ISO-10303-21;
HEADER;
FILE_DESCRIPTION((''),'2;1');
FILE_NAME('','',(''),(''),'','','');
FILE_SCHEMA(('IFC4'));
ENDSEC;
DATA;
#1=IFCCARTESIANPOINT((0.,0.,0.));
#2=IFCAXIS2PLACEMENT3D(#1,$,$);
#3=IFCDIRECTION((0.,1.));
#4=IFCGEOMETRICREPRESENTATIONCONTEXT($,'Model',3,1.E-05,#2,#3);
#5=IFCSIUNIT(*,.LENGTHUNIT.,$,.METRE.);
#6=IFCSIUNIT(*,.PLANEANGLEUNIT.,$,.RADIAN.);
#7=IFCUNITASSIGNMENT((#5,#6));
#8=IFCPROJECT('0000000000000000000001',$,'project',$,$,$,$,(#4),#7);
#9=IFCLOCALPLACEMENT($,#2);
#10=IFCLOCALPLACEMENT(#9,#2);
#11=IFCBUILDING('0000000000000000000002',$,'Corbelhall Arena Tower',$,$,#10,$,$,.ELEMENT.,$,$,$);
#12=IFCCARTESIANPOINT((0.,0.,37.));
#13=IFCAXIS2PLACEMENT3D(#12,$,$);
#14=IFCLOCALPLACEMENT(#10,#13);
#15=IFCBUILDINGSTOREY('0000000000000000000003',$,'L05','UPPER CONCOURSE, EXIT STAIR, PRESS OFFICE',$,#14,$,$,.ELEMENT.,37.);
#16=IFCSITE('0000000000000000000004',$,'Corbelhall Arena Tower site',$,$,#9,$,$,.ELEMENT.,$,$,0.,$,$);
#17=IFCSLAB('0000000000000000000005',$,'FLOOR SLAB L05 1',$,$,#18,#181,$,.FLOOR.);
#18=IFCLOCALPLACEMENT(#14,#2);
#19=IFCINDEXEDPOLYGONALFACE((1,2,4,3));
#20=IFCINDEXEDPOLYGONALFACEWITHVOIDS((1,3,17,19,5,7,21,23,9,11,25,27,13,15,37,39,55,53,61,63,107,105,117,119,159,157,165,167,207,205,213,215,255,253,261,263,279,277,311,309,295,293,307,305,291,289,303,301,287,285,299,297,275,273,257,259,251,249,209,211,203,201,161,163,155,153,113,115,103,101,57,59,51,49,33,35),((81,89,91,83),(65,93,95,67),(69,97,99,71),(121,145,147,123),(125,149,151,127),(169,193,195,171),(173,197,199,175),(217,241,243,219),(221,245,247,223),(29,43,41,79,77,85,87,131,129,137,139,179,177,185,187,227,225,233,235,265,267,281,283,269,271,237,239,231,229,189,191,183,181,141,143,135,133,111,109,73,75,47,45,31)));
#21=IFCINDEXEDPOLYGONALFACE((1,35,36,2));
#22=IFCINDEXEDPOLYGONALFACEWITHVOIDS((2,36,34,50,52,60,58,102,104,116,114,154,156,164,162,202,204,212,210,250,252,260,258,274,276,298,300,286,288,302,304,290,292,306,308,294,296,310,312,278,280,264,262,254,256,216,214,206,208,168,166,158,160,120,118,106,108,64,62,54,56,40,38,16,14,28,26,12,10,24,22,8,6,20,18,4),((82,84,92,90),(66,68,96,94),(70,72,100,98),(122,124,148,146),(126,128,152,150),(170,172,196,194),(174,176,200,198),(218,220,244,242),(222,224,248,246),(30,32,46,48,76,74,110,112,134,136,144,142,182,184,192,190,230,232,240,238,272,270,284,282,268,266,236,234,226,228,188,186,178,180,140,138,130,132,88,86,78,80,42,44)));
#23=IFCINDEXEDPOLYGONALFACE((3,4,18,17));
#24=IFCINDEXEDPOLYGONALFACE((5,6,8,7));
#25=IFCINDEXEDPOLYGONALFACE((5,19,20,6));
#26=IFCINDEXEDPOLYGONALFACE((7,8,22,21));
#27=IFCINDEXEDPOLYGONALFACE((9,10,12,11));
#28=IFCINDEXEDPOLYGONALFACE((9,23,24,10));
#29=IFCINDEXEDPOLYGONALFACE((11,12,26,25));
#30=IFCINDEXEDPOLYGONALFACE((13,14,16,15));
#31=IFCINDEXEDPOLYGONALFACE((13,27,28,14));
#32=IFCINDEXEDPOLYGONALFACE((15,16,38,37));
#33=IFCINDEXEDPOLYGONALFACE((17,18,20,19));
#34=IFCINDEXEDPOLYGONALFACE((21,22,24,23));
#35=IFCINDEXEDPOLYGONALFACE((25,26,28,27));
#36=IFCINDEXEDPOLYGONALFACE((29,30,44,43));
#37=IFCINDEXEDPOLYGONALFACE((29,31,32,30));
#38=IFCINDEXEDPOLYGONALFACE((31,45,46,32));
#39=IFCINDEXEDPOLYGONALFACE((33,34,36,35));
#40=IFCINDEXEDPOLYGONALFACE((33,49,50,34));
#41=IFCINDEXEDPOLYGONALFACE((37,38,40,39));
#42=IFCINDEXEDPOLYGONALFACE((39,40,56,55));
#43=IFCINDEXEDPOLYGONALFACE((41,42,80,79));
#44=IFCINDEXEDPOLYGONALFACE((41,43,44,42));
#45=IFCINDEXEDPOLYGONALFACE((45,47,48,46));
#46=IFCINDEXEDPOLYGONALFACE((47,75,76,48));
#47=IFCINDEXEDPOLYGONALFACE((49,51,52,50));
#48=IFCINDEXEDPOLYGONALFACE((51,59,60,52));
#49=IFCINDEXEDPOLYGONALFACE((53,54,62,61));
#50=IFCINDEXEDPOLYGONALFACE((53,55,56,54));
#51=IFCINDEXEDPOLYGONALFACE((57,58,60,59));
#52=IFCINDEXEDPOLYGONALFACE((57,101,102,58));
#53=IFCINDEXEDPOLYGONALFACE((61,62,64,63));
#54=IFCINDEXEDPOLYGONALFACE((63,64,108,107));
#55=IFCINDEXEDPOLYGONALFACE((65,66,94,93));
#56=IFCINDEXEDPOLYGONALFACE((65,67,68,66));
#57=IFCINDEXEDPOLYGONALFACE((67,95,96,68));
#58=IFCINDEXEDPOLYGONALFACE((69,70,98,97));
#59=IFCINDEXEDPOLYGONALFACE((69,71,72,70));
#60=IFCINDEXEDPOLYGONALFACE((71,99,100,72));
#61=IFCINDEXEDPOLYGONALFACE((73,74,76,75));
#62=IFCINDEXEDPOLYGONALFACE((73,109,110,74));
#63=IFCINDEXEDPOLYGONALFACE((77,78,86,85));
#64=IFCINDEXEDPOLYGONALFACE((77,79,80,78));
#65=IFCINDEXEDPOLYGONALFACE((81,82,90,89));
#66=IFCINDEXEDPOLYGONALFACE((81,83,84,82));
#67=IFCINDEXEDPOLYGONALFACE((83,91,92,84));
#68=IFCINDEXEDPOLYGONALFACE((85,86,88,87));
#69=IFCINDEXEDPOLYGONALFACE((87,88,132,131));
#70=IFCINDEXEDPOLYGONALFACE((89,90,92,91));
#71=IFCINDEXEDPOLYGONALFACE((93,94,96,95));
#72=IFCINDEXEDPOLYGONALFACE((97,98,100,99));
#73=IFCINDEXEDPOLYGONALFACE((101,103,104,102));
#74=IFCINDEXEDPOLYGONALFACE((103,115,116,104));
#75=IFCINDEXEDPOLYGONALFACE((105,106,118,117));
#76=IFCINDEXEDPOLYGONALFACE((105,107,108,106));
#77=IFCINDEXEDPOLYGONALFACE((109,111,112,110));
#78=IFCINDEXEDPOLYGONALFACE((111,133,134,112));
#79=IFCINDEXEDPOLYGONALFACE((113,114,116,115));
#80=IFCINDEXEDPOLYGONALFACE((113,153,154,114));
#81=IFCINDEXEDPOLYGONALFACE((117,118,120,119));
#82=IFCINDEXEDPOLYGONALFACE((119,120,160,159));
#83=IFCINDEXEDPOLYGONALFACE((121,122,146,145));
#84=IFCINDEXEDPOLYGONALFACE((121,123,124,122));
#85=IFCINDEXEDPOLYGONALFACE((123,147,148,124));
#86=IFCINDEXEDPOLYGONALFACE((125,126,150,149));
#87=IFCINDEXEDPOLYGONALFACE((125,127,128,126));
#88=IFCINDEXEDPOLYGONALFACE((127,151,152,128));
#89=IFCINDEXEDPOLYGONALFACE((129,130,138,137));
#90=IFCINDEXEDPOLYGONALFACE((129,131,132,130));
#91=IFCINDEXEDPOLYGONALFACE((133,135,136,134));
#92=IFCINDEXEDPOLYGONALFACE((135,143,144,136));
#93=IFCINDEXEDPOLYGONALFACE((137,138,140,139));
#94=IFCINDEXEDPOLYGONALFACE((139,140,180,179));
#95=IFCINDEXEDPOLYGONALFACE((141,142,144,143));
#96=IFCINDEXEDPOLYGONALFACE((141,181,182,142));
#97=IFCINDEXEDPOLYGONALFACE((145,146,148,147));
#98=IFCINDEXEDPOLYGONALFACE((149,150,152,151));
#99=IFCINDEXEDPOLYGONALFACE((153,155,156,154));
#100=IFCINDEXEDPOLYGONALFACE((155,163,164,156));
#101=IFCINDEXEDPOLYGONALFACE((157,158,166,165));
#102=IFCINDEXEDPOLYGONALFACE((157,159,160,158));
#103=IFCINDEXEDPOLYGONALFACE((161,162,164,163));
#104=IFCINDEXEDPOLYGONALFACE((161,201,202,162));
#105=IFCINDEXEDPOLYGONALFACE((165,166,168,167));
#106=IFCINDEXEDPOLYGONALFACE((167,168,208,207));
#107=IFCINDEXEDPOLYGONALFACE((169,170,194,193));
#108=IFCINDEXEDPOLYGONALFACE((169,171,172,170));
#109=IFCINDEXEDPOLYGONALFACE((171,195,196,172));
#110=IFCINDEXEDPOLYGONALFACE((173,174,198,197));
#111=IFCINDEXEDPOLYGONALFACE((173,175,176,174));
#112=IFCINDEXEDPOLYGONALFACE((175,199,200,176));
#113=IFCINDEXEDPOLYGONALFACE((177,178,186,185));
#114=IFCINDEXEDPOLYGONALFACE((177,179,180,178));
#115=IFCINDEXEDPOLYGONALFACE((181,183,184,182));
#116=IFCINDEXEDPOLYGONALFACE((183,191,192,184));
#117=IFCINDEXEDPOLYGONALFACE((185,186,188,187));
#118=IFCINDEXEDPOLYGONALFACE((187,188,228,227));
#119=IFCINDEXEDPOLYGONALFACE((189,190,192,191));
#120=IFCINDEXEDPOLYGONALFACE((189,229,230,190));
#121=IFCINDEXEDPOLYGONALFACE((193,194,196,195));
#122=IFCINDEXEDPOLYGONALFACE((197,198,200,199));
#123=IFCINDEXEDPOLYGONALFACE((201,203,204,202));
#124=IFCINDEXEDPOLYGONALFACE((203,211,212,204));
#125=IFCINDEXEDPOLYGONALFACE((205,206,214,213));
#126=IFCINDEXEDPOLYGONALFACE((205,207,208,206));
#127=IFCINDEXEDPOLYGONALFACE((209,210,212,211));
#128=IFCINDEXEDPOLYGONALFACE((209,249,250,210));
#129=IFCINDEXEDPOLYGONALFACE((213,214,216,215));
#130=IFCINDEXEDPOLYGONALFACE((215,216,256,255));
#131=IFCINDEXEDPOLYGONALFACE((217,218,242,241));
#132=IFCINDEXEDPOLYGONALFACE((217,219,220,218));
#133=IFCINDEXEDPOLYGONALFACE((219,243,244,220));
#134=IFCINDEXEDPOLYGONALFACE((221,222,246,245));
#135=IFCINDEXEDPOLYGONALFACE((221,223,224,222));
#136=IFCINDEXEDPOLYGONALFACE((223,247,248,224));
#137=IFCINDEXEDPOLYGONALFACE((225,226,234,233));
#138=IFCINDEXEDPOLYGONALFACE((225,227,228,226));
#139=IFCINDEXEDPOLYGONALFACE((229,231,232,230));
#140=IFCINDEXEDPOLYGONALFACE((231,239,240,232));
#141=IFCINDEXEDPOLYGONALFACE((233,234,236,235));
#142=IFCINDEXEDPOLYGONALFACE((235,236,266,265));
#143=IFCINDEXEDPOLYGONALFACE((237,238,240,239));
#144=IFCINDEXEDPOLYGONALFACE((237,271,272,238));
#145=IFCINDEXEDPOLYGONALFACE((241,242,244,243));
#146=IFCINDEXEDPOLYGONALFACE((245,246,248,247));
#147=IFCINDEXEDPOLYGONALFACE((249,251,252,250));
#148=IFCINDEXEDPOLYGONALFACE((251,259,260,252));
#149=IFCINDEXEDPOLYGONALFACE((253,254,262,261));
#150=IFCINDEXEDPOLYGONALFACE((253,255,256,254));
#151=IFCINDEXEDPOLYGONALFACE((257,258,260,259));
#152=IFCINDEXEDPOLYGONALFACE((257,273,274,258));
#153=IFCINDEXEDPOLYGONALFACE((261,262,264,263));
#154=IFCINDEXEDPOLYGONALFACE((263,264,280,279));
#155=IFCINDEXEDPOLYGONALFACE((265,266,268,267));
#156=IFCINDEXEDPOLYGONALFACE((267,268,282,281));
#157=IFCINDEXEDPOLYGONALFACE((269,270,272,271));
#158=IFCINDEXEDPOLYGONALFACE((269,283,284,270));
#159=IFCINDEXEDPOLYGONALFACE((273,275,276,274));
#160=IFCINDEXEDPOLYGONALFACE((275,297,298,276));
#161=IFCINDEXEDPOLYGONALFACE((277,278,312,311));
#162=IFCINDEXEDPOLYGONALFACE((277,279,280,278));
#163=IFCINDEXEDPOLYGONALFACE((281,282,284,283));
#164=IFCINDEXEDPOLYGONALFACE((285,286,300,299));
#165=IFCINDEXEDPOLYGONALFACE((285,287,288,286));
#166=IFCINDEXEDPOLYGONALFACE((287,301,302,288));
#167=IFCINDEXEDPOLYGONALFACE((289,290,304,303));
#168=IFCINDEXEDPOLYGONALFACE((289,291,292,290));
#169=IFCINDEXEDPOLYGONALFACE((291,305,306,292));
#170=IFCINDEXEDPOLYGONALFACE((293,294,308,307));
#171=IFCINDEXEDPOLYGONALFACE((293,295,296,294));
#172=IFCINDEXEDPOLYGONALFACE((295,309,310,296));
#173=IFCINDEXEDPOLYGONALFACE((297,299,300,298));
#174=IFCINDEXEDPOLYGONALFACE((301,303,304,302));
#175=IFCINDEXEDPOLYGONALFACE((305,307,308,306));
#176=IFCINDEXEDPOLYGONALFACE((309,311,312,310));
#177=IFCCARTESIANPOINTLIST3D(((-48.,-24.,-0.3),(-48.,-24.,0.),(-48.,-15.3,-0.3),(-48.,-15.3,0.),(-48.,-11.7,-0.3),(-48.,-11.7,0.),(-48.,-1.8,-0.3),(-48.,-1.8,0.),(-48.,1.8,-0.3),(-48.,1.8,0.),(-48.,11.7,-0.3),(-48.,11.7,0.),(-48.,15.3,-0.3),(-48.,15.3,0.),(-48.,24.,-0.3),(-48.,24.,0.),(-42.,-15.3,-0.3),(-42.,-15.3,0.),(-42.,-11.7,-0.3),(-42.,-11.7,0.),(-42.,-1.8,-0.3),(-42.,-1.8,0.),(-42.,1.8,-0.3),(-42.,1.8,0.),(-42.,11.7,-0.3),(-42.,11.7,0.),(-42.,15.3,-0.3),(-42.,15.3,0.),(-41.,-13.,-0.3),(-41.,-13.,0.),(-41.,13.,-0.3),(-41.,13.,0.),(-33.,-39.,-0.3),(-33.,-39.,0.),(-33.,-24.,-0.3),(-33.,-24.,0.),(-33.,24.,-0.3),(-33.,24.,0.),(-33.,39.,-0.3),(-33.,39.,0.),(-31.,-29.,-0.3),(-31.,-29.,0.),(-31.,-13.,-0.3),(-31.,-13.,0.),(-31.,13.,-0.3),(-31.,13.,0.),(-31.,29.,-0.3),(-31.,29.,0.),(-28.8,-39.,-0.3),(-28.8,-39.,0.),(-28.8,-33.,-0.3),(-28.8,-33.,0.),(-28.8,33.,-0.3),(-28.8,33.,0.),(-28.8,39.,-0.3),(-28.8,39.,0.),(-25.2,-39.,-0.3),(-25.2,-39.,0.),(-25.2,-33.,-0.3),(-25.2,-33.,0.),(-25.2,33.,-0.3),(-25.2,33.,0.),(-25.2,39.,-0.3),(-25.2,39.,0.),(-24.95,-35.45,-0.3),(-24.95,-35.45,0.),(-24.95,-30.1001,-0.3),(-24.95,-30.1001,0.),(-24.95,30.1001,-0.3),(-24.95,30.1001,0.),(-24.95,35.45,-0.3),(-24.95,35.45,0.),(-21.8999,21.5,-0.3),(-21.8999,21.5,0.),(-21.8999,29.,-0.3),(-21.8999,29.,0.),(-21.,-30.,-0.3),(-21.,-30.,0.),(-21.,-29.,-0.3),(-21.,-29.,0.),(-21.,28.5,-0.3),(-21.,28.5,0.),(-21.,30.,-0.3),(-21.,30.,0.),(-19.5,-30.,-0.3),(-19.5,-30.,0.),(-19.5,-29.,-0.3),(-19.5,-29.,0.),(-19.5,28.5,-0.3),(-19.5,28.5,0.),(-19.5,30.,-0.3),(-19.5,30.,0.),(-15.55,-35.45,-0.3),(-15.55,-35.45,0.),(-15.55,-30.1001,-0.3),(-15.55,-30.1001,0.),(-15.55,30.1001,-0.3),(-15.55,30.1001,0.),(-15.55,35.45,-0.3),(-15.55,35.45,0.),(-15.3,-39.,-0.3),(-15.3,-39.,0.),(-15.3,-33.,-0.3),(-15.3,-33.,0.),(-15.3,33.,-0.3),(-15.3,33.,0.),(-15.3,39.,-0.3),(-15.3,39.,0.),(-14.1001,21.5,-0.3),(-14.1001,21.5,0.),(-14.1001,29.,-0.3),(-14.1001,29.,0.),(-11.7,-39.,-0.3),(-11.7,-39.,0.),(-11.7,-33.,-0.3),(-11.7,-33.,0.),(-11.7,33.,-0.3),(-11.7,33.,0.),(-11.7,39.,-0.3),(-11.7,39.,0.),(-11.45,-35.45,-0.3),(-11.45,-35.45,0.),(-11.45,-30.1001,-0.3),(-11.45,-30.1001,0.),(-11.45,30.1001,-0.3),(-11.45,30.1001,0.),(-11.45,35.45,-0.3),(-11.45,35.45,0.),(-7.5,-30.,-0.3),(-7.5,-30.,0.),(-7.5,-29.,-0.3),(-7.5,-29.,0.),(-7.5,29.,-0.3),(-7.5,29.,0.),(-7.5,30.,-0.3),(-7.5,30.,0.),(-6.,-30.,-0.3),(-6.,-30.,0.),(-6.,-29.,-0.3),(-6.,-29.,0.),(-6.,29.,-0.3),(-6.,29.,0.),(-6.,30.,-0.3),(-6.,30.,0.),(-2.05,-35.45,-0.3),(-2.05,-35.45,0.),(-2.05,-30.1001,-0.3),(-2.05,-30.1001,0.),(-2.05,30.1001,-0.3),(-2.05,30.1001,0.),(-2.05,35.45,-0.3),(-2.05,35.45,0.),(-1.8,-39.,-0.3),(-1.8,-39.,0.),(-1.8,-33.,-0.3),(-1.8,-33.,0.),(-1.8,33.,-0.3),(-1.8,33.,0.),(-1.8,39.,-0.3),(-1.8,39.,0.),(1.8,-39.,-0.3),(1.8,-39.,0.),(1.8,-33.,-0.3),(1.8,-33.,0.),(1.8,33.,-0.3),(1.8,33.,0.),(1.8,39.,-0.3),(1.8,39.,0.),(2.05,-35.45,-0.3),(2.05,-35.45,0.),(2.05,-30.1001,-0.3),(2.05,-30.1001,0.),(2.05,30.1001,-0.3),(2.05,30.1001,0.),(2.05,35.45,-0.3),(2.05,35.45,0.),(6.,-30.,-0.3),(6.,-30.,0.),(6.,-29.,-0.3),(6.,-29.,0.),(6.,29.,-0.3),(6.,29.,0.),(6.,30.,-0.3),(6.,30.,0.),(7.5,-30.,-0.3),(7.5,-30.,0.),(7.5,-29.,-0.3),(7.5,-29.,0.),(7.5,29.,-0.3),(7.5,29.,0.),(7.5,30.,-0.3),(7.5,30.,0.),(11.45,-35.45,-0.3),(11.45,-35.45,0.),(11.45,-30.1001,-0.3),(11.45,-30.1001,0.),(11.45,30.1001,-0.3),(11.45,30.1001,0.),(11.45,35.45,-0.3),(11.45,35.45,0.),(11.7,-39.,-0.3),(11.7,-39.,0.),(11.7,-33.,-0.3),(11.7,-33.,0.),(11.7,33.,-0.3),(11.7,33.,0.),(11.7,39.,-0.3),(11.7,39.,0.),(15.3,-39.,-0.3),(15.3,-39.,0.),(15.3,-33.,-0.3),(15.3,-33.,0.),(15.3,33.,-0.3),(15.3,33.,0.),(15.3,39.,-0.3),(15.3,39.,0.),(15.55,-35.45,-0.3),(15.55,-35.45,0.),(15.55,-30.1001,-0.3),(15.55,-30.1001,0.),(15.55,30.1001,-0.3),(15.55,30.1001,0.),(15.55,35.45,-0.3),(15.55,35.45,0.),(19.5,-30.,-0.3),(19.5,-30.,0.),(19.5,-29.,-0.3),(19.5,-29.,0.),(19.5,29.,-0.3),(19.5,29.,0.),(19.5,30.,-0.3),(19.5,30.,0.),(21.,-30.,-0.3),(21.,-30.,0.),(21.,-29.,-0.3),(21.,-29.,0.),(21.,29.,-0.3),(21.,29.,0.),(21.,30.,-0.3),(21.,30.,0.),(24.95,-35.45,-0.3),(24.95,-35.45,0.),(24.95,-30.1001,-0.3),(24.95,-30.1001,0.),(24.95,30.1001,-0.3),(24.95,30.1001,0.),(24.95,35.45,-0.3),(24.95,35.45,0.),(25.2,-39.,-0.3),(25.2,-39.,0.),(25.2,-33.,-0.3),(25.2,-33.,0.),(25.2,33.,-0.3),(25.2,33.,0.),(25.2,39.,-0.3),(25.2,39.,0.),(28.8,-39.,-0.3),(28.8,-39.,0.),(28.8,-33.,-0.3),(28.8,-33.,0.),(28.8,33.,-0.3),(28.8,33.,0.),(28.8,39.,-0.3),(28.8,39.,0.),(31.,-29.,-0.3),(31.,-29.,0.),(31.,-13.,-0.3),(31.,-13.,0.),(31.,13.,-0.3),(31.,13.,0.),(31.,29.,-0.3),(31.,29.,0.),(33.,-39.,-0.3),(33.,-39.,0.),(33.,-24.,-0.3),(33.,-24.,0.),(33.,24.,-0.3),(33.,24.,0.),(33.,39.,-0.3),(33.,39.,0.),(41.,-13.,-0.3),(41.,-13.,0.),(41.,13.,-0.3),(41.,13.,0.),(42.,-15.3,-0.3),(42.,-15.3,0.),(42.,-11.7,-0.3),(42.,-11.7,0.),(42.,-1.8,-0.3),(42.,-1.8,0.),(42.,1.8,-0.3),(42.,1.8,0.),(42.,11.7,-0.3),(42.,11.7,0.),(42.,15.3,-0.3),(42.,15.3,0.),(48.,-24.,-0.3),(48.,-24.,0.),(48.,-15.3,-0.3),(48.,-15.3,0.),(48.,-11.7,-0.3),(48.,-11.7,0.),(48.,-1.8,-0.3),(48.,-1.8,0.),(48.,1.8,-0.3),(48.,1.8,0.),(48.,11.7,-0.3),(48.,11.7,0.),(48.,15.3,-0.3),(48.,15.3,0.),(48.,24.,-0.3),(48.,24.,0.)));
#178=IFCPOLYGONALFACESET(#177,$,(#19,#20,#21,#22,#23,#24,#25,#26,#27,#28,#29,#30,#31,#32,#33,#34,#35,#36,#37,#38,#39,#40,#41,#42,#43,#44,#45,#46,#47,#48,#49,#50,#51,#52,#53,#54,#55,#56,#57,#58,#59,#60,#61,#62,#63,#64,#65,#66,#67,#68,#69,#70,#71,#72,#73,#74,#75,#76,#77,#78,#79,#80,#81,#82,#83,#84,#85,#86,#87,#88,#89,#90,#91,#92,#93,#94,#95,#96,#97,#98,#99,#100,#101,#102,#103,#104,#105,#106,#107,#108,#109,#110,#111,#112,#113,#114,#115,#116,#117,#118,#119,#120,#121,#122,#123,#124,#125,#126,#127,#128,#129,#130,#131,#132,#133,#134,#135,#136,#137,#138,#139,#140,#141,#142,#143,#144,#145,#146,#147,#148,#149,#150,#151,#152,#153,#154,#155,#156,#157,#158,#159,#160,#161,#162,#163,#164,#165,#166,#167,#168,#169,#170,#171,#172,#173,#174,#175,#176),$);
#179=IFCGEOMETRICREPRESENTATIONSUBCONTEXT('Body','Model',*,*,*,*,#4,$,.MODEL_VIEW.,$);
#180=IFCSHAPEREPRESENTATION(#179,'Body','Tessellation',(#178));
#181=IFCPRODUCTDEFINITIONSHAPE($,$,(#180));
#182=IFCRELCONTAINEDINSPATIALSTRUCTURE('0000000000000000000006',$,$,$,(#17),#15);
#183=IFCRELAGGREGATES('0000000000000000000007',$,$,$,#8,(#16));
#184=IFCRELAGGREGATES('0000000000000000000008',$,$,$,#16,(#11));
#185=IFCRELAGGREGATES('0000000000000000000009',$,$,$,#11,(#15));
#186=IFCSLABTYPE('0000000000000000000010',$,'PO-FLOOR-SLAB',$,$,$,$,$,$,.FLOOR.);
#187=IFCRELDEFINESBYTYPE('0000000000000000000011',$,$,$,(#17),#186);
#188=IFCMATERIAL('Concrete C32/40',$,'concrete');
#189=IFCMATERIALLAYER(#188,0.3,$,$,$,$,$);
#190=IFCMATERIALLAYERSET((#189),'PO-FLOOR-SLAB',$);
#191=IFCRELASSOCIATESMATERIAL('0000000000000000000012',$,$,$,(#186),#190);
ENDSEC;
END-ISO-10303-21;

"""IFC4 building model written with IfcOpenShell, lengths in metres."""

from ifc_helpers import new_model, si_unit, direction, frame, origin, place, context, subcontext, project, spatial, polyline, outline, extrude, material, layer, layer_set, type_object, element, save


model = new_model("IFC4")

# Units and contexts
model_context = context("Model", 3, precision=1e-05, world=origin(), true_north=direction((0.0, 1.0)))
body_context = subcontext(model_context, "Body", "Model", "MODEL_VIEW")
ifc_project = project(units=[si_unit("LENGTHUNIT", "METRE"), si_unit("PLANEANGLEUNIT", "RADIAN")], contexts=[model_context])

# Site, building, storey
site_placement = place(None, origin())
site = spatial("IfcSite", under=ifc_project, at=site_placement, Name="Corbelhall Arena Tower site", CompositionType="ELEMENT", RefElevation=0.0)
building_placement = place(site_placement, origin())
building = spatial("IfcBuilding", under=site, at=building_placement, Name="Corbelhall Arena Tower", CompositionType="ELEMENT")
storey_placement = place(building_placement, frame((0.0, 0.0, 37.0)))
storey = spatial("IfcBuildingStorey", under=building, at=storey_placement, Name="L05", Description="UPPER CONCOURSE, EXIT STAIR, PRESS OFFICE", CompositionType="ELEMENT", Elevation=37.0)

# Slab
ifc_material_1 = material(Name="Concrete C32/40", Category="concrete")
ifc_layer_1 = layer(ifc_material_1, 0.3)
ifc_layer_set_1 = layer_set([ifc_layer_1], Name="PO-FLOOR-SLAB")
slab_type_1 = type_object("IfcSlabType", Name="PO-FLOOR-SLAB", PredefinedType="FLOOR", material=ifc_layer_set_1)
slab_1_placement = place(storey_placement, frame((0.0, 0.0, -0.3)))
element("IfcSlab", 1, at=slab_1_placement, inside=storey, type_object=slab_type_1, Name="FLOOR SLAB L05 1", PredefinedType="FLOOR", context=body_context, shape_type="SweptSolid", body=[
    extrude(outline(polyline([(48.0, -24.0), (33.0, -24.0), (33.0, -39.0), (28.8, -39.0), (28.8, -33.0), (25.2, -33.0), (25.2, -39.0), (15.3, -39.0), (15.3, -33.0), (11.7, -33.0), (11.7, -39.0), (1.8, -39.0), (1.8, -33.0), (-1.8, -33.0), (-1.8, -39.0), (-11.7, -39.0), (-11.7, -33.0), (-15.3, -33.0), (-15.3, -39.0), (-25.2, -39.0), (-25.2, -33.0), (-28.8, -33.0), (-28.8, -39.0), (-33.0, -39.0), (-33.0, -24.0), (-48.0, -24.0), (-48.0, -15.3), (-42.0, -15.3), (-42.0, -11.7), (-48.0, -11.7), (-48.0, -1.8), (-42.0, -1.8), (-42.0, 1.8), (-48.0, 1.8), (-48.0, 11.7), (-42.0, 11.7), (-42.0, 15.3), (-48.0, 15.3), (-48.0, 24.0), (-33.0, 24.0), (-33.0, 39.0), (-28.8, 39.0), (-28.8, 33.0), (-25.2, 33.0), (-25.2, 39.0), (-15.3, 39.0), (-15.3, 33.0), (-11.7, 33.0), (-11.7, 39.0), (-1.8, 39.0), (-1.8, 33.0), (1.8, 33.0), (1.8, 39.0), (11.7, 39.0), (11.7, 33.0), (15.3, 33.0), (15.3, 39.0), (25.2, 39.0), (25.2, 33.0), (28.8, 33.0), (28.8, 39.0), (33.0, 39.0), (33.0, 24.0), (48.0, 24.0), (48.0, 15.3), (42.0, 15.3), (42.0, 11.7), (48.0, 11.7), (48.0, 1.8), (42.0, 1.8), (42.0, -1.8), (48.0, -1.8), (48.0, -11.7), (42.0, -11.7), (42.0, -15.3), (48.0, -15.3), (48.0, -24.0)]), holes=[polyline([(-24.95, -35.45), (-15.55, -35.45), (-15.55, -30.1001), (-24.95, -30.1001), (-24.95, -35.45)]), polyline([(-11.45, -35.45), (-2.05, -35.45), (-2.05, -30.1001), (-11.45, -30.1001), (-11.45, -35.45)]), polyline([(-19.5, -30.0), (-19.5, -29.0), (-7.5, -29.0), (-7.5, -30.0), (-6.0, -30.0), (-6.0, -29.0), (6.0, -29.0), (6.0, -30.0), (7.5, -30.0), (7.5, -29.0), (19.5, -29.0), (19.5, -30.0), (21.0, -30.0), (21.0, -29.0), (31.0, -29.0), (31.0, -13.0), (41.0, -13.0), (41.0, 13.0), (31.0, 13.0), (31.0, 29.0), (21.0, 29.0), (21.0, 30.0), (19.5, 30.0), (19.5, 29.0), (7.5, 29.0), (7.5, 30.0), (6.0, 30.0), (6.0, 29.0), (-6.0, 29.0), (-6.0, 30.0), (-7.5, 30.0), (-7.5, 29.0), (-14.1001, 29.0), (-14.1001, 21.5), (-21.8999, 21.5), (-21.8999, 29.0), (-31.0, 29.0), (-31.0, 13.0), (-41.0, 13.0), (-41.0, -13.0), (-31.0, -13.0), (-31.0, -29.0), (-21.0, -29.0), (-21.0, -30.0), (-19.5, -30.0)]), polyline([(-19.5, 28.5), (-19.5, 30.0), (-21.0, 30.0), (-21.0, 28.5), (-19.5, 28.5)]), polyline([(-24.95, 30.1001), (-15.55, 30.1001), (-15.55, 35.45), (-24.95, 35.45), (-24.95, 30.1001)]), polyline([(-11.45, 30.1001), (-2.05, 30.1001), (-2.05, 35.45), (-11.45, 35.45), (-11.45, 30.1001)]), polyline([(2.05, -35.45), (11.45, -35.45), (11.45, -30.1001), (2.05, -30.1001), (2.05, -35.45)]), polyline([(15.55, -35.45), (24.95, -35.45), (24.95, -30.1001), (15.55, -30.1001), (15.55, -35.45)]), polyline([(15.55, 30.1001), (24.95, 30.1001), (24.95, 35.45), (15.55, 35.45), (15.55, 30.1001)]), polyline([(2.05, 30.1001), (11.45, 30.1001), (11.45, 35.45), (2.05, 35.45), (2.05, 30.1001)])]), origin(), (0.0, 0.0, 1.0), 0.3),
])

save(model, "model.ifc")
